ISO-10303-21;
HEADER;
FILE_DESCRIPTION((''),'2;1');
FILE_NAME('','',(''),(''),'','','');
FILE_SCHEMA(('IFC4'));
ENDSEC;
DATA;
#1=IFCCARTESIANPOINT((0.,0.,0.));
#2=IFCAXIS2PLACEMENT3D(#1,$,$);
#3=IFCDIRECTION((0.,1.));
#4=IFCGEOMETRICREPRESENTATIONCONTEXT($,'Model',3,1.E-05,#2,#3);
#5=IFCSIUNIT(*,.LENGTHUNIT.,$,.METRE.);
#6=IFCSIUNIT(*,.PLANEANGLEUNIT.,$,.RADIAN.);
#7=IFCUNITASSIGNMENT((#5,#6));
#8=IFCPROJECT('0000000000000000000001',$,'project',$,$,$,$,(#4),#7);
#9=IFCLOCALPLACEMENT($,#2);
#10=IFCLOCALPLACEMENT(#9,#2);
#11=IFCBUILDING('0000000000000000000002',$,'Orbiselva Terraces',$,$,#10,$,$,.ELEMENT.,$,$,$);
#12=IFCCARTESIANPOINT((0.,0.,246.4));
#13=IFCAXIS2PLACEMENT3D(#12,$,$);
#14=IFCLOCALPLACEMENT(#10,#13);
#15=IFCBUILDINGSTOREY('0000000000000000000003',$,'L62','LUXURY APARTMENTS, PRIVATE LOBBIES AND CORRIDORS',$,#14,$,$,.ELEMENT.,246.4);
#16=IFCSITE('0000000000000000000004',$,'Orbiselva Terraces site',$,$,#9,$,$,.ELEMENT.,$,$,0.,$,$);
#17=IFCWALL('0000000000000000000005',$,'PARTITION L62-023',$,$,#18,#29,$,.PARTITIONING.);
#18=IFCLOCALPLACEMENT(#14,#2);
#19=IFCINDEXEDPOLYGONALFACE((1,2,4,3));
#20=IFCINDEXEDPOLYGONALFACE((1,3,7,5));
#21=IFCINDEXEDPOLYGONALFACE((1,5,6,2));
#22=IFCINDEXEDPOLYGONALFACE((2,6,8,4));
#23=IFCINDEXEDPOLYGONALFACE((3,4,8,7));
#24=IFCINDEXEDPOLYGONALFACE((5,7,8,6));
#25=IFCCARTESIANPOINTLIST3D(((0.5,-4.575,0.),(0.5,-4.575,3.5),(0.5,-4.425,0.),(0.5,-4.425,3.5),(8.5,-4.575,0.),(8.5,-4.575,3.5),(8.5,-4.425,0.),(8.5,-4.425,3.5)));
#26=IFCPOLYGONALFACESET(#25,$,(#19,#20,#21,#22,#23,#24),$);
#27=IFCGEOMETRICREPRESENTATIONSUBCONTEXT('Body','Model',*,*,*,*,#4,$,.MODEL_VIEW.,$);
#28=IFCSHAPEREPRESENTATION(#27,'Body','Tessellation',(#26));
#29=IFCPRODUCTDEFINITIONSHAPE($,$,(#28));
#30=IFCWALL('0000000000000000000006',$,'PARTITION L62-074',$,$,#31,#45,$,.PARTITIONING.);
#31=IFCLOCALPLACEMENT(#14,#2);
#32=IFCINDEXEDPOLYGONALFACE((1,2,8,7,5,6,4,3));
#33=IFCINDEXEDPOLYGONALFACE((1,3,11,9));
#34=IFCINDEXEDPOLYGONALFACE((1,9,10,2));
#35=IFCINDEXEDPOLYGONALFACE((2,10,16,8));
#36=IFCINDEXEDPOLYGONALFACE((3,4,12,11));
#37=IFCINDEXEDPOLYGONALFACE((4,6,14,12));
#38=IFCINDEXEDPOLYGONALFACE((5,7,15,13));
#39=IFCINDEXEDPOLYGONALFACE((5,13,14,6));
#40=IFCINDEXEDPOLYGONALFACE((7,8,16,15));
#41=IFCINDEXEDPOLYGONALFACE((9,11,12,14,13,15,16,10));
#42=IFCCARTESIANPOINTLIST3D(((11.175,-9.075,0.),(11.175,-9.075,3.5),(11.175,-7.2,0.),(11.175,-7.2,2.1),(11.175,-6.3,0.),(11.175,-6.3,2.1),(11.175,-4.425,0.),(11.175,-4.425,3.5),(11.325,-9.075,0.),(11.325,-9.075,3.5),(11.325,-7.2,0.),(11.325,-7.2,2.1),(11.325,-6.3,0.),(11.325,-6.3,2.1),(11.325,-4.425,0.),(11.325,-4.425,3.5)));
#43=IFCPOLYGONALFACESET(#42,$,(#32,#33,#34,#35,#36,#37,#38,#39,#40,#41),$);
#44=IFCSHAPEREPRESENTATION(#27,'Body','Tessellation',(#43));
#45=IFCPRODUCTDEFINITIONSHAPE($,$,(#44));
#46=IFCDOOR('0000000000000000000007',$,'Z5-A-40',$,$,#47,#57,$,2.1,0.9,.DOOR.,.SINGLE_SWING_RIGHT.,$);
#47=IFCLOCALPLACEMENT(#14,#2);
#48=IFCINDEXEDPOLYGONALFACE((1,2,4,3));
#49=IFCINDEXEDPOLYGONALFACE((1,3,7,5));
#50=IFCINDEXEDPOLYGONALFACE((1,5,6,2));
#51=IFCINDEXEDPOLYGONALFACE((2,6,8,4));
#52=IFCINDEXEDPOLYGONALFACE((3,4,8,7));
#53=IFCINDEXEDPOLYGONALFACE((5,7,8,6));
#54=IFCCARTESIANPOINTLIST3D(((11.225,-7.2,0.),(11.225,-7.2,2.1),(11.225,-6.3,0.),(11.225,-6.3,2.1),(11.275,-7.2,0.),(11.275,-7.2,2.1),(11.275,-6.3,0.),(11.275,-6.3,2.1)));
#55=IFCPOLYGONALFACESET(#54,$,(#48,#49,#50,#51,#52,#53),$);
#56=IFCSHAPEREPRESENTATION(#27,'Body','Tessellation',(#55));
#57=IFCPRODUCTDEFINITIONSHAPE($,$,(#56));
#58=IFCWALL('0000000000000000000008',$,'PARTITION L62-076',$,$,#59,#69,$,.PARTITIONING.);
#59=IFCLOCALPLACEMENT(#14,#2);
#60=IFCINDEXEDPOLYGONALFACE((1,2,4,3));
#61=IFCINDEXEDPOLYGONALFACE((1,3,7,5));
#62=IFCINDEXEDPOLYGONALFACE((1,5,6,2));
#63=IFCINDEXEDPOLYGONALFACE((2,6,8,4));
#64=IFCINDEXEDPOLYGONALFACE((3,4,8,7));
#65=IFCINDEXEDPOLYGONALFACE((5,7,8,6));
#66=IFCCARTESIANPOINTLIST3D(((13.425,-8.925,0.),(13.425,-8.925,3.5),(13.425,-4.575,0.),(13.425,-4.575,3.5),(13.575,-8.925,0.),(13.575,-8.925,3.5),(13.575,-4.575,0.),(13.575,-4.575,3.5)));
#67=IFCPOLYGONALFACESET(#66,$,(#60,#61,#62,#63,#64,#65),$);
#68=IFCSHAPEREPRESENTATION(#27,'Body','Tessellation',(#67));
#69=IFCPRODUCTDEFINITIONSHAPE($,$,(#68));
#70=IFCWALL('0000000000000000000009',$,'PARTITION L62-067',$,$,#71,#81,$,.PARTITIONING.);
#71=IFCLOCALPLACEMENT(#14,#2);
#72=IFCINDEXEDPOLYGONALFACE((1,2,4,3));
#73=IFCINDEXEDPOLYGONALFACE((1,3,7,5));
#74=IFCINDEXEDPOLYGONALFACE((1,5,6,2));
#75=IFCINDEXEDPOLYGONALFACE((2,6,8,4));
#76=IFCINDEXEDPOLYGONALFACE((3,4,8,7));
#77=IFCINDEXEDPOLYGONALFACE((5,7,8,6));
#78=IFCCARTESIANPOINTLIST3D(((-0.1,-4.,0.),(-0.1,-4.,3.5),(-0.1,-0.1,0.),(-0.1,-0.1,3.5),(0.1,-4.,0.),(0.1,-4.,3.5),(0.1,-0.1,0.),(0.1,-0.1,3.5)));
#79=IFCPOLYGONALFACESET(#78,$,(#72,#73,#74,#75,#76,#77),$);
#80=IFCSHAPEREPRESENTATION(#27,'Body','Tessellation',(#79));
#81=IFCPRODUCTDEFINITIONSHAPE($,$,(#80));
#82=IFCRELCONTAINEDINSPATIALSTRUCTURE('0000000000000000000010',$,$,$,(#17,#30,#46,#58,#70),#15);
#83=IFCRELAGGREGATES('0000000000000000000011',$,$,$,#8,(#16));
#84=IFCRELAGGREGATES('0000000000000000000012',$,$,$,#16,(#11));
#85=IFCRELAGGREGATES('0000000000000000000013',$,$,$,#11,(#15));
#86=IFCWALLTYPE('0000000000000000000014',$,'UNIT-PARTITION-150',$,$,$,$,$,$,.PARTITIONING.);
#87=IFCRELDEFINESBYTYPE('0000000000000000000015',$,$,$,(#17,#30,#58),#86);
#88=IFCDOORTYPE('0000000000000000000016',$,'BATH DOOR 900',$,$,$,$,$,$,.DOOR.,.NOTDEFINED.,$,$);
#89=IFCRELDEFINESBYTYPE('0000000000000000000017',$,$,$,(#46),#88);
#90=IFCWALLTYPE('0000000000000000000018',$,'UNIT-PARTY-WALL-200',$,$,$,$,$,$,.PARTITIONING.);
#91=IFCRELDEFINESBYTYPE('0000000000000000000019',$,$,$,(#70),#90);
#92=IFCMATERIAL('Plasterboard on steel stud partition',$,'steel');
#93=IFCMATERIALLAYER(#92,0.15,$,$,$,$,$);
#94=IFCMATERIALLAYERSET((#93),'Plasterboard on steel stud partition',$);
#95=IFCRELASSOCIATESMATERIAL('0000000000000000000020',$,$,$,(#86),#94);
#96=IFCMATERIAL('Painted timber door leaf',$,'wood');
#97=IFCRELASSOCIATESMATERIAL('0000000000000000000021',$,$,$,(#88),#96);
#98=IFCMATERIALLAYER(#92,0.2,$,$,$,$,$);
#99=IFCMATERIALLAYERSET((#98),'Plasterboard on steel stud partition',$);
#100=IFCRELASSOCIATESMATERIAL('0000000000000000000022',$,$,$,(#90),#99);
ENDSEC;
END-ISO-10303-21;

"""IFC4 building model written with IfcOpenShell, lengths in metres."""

from ifc_helpers import new_model, si_unit, direction, frame, frame_2d, origin, place, context, subcontext, project, spatial, rectangle, extrude, material, layer, layer_set, type_object, element, fill, save


model = new_model("IFC4")

# Units and contexts
model_context = context("Model", 3, precision=1e-05, world=origin(), true_north=direction((0.0, 1.0)))
body_context = subcontext(model_context, "Body", "Model", "MODEL_VIEW")
ifc_project = project(units=[si_unit("LENGTHUNIT", "METRE"), si_unit("PLANEANGLEUNIT", "RADIAN")], contexts=[model_context])

# Site, building, storey
site_placement = place(None, origin())
site = spatial("IfcSite", under=ifc_project, at=site_placement, Name="Orbiselva Terraces site", CompositionType="ELEMENT", RefElevation=0.0)
building_placement = place(site_placement, origin())
building = spatial("IfcBuilding", under=site, at=building_placement, Name="Orbiselva Terraces", CompositionType="ELEMENT")
storey_placement = place(building_placement, frame((0.0, 0.0, 246.4)))
storey = spatial("IfcBuildingStorey", under=building, at=storey_placement, Name="L62", Description="LUXURY APARTMENTS, PRIVATE LOBBIES AND CORRIDORS", CompositionType="ELEMENT", Elevation=246.4)

# Wall
ifc_material_1 = material(Name="Plasterboard on steel stud partition", Category="steel")
ifc_layer_1 = layer(ifc_material_1, 0.15)
ifc_layer_set_1 = layer_set([ifc_layer_1], Name="Plasterboard on steel stud partition")
wall_type_1 = type_object("IfcWallType", Name="UNIT-PARTITION-150", PredefinedType="PARTITIONING", material=ifc_layer_set_1)
wall_1_placement = place(storey_placement, frame((0.5, -4.5, 0.0), z_axis=(0.0, 0.0, 1.0), x_axis=(1.0, 0.0, 0.0)))
element("IfcWall", 1, at=wall_1_placement, inside=storey, type_object=wall_type_1, Name="PARTITION L62-023", PredefinedType="PARTITIONING", context=body_context, shape_type="SweptSolid", body=[
    extrude(rectangle(XDim=8.0, YDim=0.15, at=frame_2d((4.0, 0.0))), origin(), (0.0, 0.0, 1.0), 3.5),
])

# Wall, opening, door
wall_2_placement = place(storey_placement, frame((11.25, -4.425, 0.0), z_axis=(0.0, 0.0, 1.0), x_axis=(0.0, -1.0, 0.0)))
wall_2 = element("IfcWall", 2, at=wall_2_placement, inside=storey, type_object=wall_type_1, Name="PARTITION L62-074", PredefinedType="PARTITIONING", context=body_context, shape_type="SweptSolid", body=[
    extrude(rectangle(XDim=4.65, YDim=0.15, at=frame_2d((2.325, 0.0))), origin(), (0.0, 0.0, 1.0), 3.5),
])
opening_placement = place(wall_2_placement, frame((1.875, 0.0, 0.0)))
opening = element("IfcOpeningElement", 3, at=opening_placement, cuts=wall_2, PredefinedType="OPENING", context=body_context, shape_type="SweptSolid", body=[
    extrude(rectangle(XDim=0.9, YDim=2.1, at=frame_2d((0.45, 1.05))), frame((0.0, 0.085, 0.0), z_axis=(0.0, -1.0, 0.0), x_axis=(1.0, 0.0, 0.0)), (0.0, 0.0, 1.0), 0.17),
])
ifc_material_2 = material(Name="Painted timber door leaf", Category="wood")
door_type = type_object("IfcDoorType", Name="BATH DOOR 900", OperationType="NOTDEFINED", PredefinedType="DOOR", material=ifc_material_2)
door_placement = place(opening_placement, origin())
door = element("IfcDoor", 4, at=door_placement, inside=storey, type_object=door_type, Name="Z5-A-40", OperationType="SINGLE_SWING_RIGHT", OverallHeight=2.1, OverallWidth=0.9, PredefinedType="DOOR", context=body_context, shape_type="SweptSolid", body=[
    extrude(rectangle(XDim=0.9, YDim=2.1, at=frame_2d((0.45, 1.05))), frame((0.0, 0.025, 0.0), z_axis=(0.0, -1.0, 0.0), x_axis=(1.0, 0.0, 0.0)), (0.0, 0.0, 1.0), 0.05),
])
fill(opening, door)

# Walls
wall_3_placement = place(storey_placement, frame((13.5, -8.925, 0.0), z_axis=(0.0, 0.0, 1.0), x_axis=(0.0, 1.0, 0.0)))
element("IfcWall", 5, at=wall_3_placement, inside=storey, type_object=wall_type_1, Name="PARTITION L62-076", PredefinedType="PARTITIONING", context=body_context, shape_type="SweptSolid", body=[
    extrude(rectangle(XDim=4.35, YDim=0.15, at=frame_2d((2.175, 0.0))), origin(), (0.0, 0.0, 1.0), 3.5),
])
ifc_layer_2 = layer(ifc_material_1, 0.2)
ifc_layer_set_2 = layer_set([ifc_layer_2], Name="Plasterboard on steel stud partition")
wall_type_2 = type_object("IfcWallType", Name="UNIT-PARTY-WALL-200", PredefinedType="PARTITIONING", material=ifc_layer_set_2)
wall_4_placement = place(storey_placement, frame((0.0, -4.0, 0.0), z_axis=(0.0, 0.0, 1.0), x_axis=(0.0, 1.0, 0.0)))
element("IfcWall", 6, at=wall_4_placement, inside=storey, type_object=wall_type_2, Name="PARTITION L62-067", PredefinedType="PARTITIONING", context=body_context, shape_type="SweptSolid", body=[
    extrude(rectangle(XDim=3.9, YDim=0.2, at=frame_2d((1.95, 0.0))), origin(), (0.0, 0.0, 1.0), 3.5),
])

save(model, "model.ifc")
